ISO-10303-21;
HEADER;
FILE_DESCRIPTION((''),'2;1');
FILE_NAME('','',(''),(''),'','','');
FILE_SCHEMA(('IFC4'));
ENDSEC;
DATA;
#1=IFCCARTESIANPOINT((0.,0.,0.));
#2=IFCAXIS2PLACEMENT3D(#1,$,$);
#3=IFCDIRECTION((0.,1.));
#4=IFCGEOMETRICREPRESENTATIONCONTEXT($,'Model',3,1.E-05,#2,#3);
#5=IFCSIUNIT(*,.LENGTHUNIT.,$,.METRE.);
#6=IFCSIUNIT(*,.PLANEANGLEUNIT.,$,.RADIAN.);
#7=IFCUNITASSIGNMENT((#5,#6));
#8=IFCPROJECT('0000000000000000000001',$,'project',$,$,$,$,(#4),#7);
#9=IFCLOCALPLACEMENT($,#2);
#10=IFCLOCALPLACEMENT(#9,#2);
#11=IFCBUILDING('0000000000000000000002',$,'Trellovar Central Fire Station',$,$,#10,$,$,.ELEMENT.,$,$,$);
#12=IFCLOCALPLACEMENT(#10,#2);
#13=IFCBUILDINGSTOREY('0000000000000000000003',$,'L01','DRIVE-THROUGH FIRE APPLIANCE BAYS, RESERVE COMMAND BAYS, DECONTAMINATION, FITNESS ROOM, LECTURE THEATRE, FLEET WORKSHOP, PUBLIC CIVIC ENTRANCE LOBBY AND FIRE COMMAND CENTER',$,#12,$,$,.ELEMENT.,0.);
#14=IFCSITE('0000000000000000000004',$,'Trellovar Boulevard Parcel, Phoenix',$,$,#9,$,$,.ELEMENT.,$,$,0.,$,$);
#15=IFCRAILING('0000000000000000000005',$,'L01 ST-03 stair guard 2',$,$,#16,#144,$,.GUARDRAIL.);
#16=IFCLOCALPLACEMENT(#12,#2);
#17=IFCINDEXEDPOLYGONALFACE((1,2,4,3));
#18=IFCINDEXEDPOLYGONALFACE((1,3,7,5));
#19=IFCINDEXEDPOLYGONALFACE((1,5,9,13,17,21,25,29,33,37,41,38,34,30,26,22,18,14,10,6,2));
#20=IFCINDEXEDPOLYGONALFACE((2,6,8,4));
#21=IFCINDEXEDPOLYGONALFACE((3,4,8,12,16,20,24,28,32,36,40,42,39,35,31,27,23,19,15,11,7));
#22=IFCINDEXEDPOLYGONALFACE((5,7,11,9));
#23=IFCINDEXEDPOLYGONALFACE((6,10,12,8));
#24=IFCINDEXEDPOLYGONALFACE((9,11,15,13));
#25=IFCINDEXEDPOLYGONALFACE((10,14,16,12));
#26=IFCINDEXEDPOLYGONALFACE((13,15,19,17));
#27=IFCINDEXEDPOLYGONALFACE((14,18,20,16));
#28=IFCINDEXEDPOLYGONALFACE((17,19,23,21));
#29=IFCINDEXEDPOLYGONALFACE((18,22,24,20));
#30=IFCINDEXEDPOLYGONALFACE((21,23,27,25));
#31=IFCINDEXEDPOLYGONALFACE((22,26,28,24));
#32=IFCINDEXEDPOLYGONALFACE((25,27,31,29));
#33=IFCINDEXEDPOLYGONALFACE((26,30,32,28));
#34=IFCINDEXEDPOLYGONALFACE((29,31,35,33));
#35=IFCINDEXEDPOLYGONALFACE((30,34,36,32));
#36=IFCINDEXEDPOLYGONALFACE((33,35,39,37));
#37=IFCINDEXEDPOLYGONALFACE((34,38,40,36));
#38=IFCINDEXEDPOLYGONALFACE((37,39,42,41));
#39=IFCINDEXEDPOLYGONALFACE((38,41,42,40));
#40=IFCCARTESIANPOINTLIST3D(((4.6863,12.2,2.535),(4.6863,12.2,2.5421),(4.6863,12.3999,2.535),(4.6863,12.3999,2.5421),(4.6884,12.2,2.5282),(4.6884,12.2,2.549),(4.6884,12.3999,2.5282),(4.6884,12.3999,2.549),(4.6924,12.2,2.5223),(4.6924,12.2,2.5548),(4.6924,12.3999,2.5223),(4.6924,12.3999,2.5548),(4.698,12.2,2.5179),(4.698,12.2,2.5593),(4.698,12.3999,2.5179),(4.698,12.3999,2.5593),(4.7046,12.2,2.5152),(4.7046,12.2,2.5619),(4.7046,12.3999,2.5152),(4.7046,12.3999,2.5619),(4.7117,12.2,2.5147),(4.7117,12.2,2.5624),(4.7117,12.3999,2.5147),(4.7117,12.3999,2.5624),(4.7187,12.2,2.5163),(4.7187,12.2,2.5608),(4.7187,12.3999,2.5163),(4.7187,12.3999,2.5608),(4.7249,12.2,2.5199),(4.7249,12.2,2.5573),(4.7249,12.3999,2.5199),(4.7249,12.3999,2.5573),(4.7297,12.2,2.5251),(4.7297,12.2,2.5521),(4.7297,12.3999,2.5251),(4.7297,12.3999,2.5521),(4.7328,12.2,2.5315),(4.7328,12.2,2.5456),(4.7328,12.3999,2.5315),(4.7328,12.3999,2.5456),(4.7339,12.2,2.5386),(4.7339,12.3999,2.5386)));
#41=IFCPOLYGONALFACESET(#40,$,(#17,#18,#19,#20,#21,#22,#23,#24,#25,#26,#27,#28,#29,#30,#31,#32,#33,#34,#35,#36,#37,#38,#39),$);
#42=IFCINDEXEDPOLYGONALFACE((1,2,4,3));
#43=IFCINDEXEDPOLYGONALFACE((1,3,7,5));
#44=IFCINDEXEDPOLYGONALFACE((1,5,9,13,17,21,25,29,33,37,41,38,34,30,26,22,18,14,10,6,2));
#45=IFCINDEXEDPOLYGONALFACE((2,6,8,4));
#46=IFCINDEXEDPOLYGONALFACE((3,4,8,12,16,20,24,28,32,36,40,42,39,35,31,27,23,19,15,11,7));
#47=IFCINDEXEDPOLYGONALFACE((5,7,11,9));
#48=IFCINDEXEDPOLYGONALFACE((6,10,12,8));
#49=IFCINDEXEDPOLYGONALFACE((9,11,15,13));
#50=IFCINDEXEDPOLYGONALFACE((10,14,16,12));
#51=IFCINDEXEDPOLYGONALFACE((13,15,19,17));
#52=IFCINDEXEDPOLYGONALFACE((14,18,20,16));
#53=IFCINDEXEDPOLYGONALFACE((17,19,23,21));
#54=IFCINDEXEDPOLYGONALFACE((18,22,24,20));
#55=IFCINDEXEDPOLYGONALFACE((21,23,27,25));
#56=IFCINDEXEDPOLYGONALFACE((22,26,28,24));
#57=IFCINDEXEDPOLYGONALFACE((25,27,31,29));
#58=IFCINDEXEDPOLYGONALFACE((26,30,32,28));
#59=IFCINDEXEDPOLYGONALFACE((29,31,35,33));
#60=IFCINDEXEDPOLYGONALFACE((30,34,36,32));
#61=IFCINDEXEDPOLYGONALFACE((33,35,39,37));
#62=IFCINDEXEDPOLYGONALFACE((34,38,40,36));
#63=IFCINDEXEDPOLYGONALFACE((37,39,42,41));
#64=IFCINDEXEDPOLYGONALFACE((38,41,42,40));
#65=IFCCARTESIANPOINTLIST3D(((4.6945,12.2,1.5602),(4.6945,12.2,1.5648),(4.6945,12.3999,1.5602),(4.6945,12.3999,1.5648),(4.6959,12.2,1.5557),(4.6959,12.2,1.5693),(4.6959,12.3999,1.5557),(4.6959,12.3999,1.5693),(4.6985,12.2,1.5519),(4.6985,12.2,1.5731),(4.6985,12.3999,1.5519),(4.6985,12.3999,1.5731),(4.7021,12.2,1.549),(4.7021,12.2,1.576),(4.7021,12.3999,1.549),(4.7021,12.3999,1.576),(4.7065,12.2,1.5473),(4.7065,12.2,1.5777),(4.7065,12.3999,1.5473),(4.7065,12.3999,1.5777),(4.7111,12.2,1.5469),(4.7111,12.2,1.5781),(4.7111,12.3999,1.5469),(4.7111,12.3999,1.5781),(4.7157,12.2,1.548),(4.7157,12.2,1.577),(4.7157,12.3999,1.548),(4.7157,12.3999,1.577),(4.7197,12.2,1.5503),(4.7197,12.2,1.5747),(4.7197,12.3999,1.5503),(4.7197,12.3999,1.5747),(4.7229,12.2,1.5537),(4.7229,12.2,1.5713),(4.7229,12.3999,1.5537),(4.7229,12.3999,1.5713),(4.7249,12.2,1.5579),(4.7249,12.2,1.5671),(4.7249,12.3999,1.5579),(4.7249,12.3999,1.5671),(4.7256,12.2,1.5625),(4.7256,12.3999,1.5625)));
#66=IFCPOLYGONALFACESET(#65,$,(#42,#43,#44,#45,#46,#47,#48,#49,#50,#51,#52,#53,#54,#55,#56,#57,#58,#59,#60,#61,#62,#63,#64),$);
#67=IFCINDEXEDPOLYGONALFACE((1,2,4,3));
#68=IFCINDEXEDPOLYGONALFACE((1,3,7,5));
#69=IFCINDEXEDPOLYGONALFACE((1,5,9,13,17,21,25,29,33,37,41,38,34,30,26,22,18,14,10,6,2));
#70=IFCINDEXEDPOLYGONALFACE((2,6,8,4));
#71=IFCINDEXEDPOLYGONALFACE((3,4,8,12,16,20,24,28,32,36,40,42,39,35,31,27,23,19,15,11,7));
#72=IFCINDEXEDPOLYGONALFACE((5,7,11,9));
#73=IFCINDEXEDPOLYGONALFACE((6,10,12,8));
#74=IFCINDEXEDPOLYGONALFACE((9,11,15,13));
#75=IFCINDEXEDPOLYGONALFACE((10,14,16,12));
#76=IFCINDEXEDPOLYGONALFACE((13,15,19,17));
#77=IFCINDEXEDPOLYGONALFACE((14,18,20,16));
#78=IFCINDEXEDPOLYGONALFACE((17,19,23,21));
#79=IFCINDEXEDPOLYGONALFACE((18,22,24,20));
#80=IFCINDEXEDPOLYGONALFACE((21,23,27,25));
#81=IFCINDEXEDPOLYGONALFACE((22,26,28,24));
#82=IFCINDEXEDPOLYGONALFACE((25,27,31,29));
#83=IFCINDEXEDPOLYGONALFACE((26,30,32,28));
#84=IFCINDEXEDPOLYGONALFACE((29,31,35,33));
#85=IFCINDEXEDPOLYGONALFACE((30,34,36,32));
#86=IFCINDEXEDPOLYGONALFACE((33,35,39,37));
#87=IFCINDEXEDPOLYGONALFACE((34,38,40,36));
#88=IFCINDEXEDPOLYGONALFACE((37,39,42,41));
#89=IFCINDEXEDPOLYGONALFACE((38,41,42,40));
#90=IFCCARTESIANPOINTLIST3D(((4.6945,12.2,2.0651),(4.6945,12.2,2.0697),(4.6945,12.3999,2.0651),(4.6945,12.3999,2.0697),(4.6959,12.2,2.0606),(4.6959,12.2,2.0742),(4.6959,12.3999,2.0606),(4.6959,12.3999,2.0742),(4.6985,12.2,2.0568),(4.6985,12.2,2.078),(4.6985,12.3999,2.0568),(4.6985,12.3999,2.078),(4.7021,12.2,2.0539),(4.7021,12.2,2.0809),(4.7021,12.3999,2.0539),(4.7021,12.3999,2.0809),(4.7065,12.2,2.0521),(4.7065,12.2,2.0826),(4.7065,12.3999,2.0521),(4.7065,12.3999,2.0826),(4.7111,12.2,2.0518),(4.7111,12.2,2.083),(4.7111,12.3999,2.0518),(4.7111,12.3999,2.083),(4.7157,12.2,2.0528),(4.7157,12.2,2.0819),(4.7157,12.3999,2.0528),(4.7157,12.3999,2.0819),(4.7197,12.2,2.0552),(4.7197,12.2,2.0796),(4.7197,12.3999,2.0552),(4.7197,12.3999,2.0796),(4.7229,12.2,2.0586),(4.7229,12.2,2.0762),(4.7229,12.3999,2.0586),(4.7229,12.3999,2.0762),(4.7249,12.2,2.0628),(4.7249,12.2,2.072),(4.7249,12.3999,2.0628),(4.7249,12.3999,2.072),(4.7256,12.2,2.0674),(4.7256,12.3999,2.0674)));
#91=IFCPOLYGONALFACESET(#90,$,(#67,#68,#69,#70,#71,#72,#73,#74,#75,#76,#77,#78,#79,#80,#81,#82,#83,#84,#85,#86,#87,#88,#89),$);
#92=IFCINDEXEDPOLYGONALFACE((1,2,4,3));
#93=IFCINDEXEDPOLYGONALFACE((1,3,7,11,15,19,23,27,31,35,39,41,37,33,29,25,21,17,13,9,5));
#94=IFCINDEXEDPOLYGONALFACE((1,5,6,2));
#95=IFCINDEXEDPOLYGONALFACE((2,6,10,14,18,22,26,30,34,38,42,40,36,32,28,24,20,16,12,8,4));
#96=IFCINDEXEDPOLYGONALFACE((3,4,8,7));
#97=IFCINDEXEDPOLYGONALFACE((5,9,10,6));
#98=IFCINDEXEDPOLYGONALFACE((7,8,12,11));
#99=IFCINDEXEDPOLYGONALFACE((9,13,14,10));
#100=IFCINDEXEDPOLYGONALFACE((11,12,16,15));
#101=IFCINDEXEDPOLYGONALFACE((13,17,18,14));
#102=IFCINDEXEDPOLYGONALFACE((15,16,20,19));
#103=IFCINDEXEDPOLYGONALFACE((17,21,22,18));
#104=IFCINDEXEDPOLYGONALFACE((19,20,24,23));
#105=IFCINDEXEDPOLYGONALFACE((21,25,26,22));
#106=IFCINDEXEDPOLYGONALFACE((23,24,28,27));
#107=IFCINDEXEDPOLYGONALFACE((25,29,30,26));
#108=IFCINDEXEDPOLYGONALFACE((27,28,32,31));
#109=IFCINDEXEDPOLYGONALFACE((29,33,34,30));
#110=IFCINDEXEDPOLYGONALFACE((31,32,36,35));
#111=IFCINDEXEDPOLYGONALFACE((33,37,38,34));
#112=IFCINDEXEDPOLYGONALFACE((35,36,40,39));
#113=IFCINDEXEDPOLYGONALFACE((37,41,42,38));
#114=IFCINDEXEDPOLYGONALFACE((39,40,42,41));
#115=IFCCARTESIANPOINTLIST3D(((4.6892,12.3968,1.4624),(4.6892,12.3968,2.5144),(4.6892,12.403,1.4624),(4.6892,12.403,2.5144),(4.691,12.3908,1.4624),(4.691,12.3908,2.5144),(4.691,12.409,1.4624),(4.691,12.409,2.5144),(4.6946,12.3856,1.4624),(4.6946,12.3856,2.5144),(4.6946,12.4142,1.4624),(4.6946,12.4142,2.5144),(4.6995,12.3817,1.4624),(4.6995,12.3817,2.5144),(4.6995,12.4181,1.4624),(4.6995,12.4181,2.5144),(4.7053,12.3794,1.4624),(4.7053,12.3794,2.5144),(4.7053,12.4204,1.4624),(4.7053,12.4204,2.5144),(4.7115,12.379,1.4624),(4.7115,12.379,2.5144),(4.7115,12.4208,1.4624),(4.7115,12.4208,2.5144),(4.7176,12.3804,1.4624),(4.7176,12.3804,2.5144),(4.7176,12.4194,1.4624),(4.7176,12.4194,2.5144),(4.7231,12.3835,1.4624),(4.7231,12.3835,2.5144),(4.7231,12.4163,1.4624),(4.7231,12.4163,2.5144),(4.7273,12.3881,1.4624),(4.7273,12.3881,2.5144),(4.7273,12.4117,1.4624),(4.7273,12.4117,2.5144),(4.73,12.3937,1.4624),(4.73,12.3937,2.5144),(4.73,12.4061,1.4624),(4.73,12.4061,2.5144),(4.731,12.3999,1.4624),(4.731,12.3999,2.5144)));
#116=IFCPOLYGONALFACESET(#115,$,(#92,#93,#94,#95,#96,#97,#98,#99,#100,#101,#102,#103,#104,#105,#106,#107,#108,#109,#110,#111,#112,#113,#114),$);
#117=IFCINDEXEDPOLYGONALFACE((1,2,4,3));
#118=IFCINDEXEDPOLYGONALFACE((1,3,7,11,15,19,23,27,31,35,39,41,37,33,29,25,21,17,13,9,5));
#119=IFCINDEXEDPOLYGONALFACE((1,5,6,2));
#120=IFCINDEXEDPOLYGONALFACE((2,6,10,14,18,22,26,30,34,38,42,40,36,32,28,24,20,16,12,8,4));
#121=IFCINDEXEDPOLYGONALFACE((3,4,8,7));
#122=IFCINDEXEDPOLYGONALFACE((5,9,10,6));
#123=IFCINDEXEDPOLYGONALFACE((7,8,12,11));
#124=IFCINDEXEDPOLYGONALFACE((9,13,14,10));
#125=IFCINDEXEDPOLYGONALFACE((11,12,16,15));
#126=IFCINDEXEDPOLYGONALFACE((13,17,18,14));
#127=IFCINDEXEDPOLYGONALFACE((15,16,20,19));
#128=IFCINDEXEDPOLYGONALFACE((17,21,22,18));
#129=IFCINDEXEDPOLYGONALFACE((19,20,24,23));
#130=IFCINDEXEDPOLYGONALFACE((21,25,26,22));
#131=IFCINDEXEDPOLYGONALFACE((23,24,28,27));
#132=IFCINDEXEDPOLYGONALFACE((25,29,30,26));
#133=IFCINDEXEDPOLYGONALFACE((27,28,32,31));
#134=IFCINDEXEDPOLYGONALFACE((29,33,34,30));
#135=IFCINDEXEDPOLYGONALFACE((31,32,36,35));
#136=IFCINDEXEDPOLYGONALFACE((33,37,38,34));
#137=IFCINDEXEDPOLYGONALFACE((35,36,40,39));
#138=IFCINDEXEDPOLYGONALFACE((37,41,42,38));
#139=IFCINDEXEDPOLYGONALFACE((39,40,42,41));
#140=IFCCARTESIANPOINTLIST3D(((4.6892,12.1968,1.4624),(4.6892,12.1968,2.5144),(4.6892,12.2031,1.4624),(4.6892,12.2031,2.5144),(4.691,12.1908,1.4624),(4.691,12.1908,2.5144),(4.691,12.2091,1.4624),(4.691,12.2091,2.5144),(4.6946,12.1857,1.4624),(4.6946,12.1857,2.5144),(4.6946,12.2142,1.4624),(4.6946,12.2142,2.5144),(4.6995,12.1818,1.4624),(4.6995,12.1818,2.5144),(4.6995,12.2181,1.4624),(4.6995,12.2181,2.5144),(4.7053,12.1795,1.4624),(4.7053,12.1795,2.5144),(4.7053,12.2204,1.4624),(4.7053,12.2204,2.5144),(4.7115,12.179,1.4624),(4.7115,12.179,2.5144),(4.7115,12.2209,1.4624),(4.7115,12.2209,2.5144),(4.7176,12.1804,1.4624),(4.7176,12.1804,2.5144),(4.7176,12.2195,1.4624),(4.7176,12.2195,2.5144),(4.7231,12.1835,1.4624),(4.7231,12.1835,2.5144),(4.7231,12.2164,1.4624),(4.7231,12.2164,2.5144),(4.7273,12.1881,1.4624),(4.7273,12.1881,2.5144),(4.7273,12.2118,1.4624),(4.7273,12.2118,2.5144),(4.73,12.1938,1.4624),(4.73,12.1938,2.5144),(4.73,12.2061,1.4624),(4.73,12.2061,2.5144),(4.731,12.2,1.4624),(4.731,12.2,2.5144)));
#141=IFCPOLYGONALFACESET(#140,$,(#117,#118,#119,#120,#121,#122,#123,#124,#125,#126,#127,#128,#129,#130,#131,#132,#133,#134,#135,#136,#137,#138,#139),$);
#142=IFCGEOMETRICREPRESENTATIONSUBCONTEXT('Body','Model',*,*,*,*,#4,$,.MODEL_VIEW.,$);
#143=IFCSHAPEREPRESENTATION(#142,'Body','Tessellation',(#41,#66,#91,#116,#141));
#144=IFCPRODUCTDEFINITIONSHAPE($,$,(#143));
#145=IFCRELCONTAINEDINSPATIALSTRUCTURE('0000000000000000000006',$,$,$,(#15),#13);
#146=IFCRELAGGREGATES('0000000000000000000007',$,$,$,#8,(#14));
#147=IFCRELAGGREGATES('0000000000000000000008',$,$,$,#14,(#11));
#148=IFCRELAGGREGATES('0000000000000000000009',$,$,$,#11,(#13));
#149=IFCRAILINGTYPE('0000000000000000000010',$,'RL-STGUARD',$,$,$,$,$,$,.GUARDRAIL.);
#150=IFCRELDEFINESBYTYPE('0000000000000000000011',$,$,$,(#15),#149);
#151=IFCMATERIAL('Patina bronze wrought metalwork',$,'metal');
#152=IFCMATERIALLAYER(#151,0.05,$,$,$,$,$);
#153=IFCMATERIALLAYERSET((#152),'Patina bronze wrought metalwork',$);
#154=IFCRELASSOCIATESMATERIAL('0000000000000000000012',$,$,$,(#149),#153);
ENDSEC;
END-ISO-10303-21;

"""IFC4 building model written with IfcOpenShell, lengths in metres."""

from ifc_helpers import new_model, si_unit, direction, frame, origin, origin_2d, place, context, subcontext, project, spatial, circle, extrude, material, layer, layer_set, type_object, element, save


model = new_model("IFC4")

# Units and contexts
model_context = context("Model", 3, precision=1e-05, world=origin(), true_north=direction((0.0, 1.0)))
body_context = subcontext(model_context, "Body", "Model", "MODEL_VIEW")
ifc_project = project(units=[si_unit("LENGTHUNIT", "METRE"), si_unit("PLANEANGLEUNIT", "RADIAN")], contexts=[model_context])

# Site, building, storey
site_placement = place(None, origin())
site = spatial("IfcSite", under=ifc_project, at=site_placement, Name="Trellovar Boulevard Parcel, Phoenix", CompositionType="ELEMENT", RefElevation=0.0)
building_placement = place(site_placement, origin())
building = spatial("IfcBuilding", under=site, at=building_placement, Name="Trellovar Central Fire Station", CompositionType="ELEMENT")
storey_placement = place(building_placement, origin())
storey = spatial("IfcBuildingStorey", under=building, at=storey_placement, Name="L01", Description="DRIVE-THROUGH FIRE APPLIANCE BAYS, RESERVE COMMAND BAYS, DECONTAMINATION, FITNESS ROOM, LECTURE THEATRE, FLEET WORKSHOP, PUBLIC CIVIC ENTRANCE LOBBY AND FIRE COMMAND CENTER", CompositionType="ELEMENT", Elevation=0.0)

# Railing
ifc_material_1 = material(Name="Patina bronze wrought metalwork", Category="metal")
ifc_layer_1 = layer(ifc_material_1, 0.05)
ifc_layer_set_1 = layer_set([ifc_layer_1], Name="Patina bronze wrought metalwork")
railing_type_1 = type_object("IfcRailingType", Name="RL-STGUARD", PredefinedType="GUARDRAIL", material=ifc_layer_set_1)
railing_1_placement = place(storey_placement, frame((4.71, 12.3999, 1.4624)))
element("IfcRailing", 1, at=railing_1_placement, inside=storey, type_object=railing_type_1, Name="L01 ST-03 stair guard 2", PredefinedType="GUARDRAIL", context=body_context, shape_type="SweptSolid", body=[
    extrude(circle(Radius=0.0239, at=origin_2d()), frame((0.0, 0.0, 1.0762), z_axis=(0.0, -1.0, 0.0), x_axis=(1.0, 0.0, 0.0)), (0.0, 0.0, 1.0), 0.2),
    extrude(circle(Radius=0.0156, at=origin_2d()), frame((0.0, 0.0, 0.1001), z_axis=(0.0, -1.0, 0.0), x_axis=(1.0, 0.0, 0.0)), (0.0, 0.0, 1.0), 0.2),
    extrude(circle(Radius=0.0156, at=origin_2d()), frame((0.0, 0.0, 0.605), z_axis=(0.0, -1.0, 0.0), x_axis=(1.0, 0.0, 0.0)), (0.0, 0.0, 1.0), 0.2),
    extrude(circle(Radius=0.021, at=origin_2d()), origin(), (0.0, 0.0, 1.0), 1.052),
    extrude(circle(Radius=0.021, at=origin_2d()), frame((0.0, -0.2, 0.0)), (0.0, 0.0, 1.0), 1.052),
])

save(model, "model.ifc")
